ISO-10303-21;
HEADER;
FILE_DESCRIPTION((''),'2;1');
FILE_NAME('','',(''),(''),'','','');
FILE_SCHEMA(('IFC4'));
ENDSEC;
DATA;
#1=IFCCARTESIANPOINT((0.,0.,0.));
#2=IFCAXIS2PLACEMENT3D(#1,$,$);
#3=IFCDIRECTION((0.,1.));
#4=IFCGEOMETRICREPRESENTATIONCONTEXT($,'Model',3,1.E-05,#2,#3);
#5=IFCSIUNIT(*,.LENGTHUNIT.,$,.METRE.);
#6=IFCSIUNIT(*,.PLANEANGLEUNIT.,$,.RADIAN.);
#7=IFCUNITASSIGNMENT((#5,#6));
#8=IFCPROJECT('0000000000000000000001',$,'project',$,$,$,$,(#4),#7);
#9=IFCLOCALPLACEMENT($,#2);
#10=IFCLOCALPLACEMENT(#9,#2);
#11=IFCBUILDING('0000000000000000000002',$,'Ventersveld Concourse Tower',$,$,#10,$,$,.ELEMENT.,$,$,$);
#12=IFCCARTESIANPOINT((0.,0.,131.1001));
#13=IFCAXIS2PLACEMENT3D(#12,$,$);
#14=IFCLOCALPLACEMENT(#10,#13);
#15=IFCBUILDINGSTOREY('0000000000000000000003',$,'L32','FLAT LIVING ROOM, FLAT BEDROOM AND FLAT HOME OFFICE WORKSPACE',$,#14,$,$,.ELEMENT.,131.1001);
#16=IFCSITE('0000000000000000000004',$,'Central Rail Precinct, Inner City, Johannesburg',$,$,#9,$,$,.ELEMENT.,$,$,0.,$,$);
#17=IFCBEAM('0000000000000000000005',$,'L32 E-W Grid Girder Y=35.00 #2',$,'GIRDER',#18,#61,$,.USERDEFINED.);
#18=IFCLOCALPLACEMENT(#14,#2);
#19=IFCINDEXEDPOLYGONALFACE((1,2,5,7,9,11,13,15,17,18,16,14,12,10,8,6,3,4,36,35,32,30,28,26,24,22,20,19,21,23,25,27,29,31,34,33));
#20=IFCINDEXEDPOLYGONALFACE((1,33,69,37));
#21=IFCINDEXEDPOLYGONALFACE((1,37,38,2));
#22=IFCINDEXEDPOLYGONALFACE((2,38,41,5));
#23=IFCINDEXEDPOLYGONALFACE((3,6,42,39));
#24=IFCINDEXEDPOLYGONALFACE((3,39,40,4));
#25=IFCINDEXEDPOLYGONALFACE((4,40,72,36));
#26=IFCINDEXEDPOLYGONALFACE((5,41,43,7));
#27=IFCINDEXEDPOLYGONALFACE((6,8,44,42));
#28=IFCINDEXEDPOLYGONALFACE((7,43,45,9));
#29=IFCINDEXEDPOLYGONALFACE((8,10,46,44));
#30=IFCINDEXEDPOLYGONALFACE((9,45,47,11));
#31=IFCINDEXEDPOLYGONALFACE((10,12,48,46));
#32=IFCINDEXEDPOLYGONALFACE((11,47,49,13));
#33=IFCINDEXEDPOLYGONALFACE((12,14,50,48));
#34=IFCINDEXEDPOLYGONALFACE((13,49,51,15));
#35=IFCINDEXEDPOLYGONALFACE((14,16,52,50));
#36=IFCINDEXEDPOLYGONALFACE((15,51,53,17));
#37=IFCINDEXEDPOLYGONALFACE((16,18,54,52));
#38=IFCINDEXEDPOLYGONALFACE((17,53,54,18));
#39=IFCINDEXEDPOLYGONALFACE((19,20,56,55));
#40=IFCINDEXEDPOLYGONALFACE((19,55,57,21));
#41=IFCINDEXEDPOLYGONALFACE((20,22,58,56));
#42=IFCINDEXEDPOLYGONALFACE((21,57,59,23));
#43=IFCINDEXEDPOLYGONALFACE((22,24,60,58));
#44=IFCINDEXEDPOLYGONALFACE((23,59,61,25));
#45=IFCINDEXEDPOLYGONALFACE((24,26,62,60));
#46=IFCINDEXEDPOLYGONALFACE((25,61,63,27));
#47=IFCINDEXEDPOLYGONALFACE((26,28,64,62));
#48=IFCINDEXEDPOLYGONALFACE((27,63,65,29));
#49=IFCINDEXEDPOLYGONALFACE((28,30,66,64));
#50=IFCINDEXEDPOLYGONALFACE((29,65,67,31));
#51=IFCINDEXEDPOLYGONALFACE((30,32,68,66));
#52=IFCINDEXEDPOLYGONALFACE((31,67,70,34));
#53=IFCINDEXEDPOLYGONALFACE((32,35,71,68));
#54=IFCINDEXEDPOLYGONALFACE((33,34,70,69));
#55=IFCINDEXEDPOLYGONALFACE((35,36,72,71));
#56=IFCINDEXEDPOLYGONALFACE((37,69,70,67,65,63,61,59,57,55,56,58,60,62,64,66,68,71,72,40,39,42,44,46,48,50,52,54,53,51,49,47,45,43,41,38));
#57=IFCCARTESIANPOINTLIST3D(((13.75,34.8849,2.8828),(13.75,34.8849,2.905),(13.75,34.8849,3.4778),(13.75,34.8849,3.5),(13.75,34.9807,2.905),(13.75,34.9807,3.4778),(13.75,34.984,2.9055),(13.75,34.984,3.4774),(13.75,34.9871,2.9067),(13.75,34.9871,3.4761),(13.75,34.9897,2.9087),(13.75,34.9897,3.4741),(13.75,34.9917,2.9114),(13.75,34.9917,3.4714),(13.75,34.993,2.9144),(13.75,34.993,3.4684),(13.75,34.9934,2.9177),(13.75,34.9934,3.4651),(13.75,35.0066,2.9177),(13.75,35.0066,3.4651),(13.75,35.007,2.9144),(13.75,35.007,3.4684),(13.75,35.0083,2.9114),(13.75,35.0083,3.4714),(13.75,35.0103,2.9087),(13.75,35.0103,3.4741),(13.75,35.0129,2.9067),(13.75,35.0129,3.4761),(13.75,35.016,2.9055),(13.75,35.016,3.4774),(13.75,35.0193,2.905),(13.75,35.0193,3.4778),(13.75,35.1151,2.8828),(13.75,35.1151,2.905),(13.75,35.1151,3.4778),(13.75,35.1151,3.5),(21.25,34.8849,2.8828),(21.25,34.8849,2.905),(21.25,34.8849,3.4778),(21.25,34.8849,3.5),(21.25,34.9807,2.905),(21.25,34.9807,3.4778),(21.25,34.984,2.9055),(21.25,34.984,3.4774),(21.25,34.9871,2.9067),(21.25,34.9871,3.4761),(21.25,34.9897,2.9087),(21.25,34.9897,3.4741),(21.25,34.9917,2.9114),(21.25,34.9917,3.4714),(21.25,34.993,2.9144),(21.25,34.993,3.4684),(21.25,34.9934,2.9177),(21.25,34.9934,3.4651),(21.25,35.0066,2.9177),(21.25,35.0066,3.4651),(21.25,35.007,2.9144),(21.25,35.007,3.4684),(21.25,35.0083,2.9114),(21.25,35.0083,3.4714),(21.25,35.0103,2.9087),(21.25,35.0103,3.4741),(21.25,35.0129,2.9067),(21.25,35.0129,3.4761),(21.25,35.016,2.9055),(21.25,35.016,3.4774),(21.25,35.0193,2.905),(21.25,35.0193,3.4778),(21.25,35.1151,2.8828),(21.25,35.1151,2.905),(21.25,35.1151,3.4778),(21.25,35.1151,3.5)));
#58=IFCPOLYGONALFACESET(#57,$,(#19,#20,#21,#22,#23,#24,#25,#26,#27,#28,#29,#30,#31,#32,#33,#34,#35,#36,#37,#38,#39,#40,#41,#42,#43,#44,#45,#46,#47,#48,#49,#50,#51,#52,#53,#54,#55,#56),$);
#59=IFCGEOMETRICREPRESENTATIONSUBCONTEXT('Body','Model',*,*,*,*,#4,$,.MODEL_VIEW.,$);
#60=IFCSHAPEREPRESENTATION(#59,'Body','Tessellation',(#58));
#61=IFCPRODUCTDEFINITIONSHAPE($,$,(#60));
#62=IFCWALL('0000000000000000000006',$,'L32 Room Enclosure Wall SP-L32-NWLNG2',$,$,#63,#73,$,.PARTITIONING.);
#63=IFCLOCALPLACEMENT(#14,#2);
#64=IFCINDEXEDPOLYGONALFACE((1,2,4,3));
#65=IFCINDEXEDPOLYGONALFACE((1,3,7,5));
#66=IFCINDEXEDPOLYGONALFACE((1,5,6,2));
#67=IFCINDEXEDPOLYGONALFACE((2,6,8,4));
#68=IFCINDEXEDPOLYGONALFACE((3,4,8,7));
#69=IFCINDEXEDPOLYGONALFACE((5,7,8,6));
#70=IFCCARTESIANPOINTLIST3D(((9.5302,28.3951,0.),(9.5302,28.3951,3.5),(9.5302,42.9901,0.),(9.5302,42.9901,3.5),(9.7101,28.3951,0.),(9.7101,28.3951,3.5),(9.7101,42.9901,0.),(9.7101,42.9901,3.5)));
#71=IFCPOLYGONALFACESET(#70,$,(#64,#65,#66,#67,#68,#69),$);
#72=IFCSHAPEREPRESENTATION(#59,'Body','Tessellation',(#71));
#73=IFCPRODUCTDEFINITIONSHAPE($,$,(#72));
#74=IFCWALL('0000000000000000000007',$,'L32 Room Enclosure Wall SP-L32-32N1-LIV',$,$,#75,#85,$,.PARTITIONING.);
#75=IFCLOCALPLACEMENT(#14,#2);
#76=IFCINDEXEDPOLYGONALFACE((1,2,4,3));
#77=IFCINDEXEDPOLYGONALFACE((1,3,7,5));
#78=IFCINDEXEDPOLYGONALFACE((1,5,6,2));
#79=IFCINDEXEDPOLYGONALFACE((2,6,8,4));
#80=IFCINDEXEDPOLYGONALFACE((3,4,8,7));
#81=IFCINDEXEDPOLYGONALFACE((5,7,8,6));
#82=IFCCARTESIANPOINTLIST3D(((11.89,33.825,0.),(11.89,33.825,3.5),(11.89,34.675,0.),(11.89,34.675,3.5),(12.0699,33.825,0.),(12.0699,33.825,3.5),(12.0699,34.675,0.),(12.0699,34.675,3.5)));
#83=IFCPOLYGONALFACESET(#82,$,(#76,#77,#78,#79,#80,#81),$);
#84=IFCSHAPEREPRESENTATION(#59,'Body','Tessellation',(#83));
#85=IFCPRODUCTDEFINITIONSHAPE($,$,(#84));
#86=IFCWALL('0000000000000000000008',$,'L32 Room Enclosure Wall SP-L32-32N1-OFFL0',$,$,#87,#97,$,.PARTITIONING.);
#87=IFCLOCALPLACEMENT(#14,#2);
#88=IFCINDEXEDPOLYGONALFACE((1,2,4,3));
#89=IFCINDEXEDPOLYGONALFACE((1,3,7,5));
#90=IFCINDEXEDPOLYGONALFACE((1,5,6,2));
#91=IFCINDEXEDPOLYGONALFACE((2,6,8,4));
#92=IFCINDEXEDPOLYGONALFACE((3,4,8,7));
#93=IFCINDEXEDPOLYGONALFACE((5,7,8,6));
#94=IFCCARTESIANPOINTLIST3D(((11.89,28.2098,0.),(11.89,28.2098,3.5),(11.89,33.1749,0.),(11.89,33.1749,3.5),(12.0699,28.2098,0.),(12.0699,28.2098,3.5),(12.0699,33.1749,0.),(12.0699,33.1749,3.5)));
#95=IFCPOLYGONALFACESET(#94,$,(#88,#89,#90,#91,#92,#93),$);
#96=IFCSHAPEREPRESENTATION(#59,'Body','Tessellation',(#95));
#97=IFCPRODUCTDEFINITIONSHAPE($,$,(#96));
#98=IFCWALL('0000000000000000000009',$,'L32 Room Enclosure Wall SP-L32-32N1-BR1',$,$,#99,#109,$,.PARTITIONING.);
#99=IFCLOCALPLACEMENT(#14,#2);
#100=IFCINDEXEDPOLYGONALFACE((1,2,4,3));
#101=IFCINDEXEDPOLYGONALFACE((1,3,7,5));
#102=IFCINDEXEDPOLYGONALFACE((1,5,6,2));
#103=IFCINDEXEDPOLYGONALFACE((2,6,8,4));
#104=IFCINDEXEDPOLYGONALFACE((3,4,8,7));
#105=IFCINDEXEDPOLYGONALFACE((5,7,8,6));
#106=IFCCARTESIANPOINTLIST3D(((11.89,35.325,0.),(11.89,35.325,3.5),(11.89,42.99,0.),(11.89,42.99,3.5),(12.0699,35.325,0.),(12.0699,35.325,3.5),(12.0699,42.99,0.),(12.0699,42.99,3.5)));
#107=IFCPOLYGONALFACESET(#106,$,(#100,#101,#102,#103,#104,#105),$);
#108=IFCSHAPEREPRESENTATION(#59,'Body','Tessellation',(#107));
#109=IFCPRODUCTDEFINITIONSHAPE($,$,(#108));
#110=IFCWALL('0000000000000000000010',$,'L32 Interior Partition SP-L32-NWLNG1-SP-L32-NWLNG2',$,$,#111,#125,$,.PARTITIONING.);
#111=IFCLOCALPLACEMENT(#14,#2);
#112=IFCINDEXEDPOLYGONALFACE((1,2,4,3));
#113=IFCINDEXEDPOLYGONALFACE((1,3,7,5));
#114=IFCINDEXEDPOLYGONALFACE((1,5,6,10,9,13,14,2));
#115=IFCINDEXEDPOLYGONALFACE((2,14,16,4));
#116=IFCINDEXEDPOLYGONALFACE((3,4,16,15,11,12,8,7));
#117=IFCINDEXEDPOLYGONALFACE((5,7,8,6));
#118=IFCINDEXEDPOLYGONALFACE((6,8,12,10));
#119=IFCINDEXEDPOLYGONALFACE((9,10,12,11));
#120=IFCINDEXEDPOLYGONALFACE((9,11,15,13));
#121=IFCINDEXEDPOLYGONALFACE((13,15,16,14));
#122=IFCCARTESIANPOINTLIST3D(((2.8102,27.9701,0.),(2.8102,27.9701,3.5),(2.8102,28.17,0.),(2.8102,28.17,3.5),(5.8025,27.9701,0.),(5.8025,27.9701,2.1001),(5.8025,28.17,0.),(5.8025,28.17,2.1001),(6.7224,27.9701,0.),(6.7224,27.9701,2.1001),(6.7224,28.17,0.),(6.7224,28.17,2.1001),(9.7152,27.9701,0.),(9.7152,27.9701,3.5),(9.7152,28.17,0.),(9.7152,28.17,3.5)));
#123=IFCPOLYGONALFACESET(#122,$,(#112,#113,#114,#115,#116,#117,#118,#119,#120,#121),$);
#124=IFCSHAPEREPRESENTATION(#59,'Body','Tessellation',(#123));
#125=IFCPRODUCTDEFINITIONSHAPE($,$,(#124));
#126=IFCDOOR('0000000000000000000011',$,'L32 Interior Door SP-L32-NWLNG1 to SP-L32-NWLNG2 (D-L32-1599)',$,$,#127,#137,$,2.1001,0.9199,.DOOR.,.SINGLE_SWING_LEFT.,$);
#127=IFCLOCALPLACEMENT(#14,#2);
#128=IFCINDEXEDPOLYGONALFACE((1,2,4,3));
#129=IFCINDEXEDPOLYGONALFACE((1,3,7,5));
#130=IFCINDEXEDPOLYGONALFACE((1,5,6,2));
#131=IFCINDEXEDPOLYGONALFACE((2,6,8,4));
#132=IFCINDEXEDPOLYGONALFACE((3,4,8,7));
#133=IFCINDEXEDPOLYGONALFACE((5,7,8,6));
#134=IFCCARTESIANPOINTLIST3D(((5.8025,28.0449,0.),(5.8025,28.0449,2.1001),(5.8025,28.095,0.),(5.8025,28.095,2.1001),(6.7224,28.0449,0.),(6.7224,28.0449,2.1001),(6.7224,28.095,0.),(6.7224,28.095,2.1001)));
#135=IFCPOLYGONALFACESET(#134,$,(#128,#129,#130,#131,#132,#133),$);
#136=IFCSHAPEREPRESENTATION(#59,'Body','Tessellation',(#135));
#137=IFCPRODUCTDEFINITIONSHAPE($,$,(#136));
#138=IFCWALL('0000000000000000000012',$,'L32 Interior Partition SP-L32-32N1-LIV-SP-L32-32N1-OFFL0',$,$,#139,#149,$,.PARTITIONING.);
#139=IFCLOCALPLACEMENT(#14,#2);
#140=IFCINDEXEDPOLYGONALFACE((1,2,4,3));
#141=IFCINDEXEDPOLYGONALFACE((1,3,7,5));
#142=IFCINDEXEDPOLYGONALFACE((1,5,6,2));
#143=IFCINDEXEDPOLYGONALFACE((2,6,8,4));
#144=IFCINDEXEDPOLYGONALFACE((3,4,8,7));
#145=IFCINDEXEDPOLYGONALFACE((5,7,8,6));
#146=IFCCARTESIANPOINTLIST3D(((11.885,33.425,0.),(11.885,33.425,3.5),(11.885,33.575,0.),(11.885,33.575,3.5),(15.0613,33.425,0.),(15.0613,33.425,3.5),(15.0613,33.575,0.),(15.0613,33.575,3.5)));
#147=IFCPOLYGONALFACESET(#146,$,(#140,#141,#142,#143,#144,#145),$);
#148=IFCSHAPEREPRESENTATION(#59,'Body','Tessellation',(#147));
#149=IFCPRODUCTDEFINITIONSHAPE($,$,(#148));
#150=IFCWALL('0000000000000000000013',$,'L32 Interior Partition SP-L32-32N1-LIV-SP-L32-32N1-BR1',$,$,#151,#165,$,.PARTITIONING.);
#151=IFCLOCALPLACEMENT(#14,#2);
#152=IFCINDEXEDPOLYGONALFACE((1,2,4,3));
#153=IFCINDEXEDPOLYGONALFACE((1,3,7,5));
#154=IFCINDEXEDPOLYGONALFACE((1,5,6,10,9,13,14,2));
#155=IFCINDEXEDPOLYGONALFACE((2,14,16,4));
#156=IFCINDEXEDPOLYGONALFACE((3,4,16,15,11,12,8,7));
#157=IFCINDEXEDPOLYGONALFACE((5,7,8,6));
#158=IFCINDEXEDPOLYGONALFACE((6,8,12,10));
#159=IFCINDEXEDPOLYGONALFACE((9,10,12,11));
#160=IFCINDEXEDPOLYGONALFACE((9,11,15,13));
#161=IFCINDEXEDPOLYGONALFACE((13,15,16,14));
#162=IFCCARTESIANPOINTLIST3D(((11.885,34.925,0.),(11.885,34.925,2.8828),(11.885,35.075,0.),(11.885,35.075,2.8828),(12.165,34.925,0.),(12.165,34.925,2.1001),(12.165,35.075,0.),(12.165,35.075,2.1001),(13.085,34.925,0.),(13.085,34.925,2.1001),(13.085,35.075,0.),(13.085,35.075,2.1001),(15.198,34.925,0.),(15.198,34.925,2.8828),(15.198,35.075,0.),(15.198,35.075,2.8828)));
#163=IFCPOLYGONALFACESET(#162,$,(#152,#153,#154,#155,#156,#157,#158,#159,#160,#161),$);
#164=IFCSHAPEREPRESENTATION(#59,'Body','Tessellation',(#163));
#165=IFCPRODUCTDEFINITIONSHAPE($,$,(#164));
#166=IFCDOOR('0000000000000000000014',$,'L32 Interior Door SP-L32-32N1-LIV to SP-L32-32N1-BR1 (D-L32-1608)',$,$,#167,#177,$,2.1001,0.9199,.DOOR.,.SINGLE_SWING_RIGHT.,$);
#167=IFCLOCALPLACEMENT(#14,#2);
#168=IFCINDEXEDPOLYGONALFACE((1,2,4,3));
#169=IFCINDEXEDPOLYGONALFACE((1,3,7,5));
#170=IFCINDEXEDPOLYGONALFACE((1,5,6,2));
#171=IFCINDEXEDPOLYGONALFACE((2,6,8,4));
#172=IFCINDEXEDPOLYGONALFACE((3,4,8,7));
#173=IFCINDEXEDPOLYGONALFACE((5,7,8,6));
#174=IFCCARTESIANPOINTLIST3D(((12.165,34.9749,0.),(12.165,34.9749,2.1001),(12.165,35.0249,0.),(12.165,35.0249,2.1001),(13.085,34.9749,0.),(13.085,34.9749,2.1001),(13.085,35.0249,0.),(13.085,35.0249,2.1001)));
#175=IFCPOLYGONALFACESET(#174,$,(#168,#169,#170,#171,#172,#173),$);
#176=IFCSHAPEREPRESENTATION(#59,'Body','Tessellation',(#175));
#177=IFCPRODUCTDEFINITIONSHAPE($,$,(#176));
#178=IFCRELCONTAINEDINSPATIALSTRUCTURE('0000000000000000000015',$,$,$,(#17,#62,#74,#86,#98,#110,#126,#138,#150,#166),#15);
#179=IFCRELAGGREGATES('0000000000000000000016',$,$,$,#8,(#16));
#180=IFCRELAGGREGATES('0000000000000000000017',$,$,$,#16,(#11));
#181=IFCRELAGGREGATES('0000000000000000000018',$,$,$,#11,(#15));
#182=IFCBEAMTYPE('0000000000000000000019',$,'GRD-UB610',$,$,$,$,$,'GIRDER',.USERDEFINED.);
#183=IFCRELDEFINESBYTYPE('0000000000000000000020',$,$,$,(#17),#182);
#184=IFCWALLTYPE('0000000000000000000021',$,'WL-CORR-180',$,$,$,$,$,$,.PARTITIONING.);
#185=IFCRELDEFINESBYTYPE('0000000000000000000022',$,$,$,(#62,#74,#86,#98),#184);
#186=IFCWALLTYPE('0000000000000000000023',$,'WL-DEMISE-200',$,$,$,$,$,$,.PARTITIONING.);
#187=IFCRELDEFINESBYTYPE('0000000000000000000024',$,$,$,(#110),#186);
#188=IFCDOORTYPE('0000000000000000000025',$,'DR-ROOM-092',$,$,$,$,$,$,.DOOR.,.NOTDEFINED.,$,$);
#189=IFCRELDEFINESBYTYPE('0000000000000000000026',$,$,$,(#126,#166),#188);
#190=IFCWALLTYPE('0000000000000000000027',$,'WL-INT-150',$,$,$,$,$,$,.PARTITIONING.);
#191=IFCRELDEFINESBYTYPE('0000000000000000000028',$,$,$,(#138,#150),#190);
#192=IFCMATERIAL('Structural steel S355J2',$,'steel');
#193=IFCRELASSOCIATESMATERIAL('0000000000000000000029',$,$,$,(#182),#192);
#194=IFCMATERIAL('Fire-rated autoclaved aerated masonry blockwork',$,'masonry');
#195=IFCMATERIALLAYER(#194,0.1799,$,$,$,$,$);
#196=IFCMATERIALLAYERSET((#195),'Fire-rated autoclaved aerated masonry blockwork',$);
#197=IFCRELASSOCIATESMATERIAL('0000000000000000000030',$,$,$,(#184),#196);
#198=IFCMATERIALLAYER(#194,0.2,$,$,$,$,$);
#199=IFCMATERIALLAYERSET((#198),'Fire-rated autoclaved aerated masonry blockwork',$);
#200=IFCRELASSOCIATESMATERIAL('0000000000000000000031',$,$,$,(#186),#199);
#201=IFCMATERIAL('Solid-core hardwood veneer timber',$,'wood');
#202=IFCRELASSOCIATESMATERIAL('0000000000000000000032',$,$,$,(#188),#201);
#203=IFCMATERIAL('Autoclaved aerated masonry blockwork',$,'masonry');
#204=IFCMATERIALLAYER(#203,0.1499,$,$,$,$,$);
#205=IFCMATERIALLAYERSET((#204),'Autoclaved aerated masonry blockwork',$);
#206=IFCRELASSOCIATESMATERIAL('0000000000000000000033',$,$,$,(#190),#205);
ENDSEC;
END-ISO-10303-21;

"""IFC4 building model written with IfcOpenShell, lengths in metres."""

from ifc_helpers import new_model, si_unit, direction, frame, frame_2d, origin, origin_2d, place, context, subcontext, project, spatial, rectangle, i_section, extrude, material, layer, layer_set, material_profile, profile_set, type_object, element, fill, save


model = new_model("IFC4")

# Units and contexts
model_context = context("Model", 3, precision=1e-05, world=origin(), true_north=direction((0.0, 1.0)))
body_context = subcontext(model_context, "Body", "Model", "MODEL_VIEW")
ifc_project = project(units=[si_unit("LENGTHUNIT", "METRE"), si_unit("PLANEANGLEUNIT", "RADIAN")], contexts=[model_context])

# Site, building, storey
site_placement = place(None, origin())
site = spatial("IfcSite", under=ifc_project, at=site_placement, Name="Central Rail Precinct, Inner City, Johannesburg", CompositionType="ELEMENT", RefElevation=0.0)
building_placement = place(site_placement, origin())
building = spatial("IfcBuilding", under=site, at=building_placement, Name="Ventersveld Concourse Tower", CompositionType="ELEMENT")
storey_placement = place(building_placement, frame((0.0, 0.0, 131.1001)))
storey = spatial("IfcBuildingStorey", under=building, at=storey_placement, Name="L32", Description="FLAT LIVING ROOM, FLAT BEDROOM AND FLAT HOME OFFICE WORKSPACE", CompositionType="ELEMENT", Elevation=131.1001)

# Beam
ifc_material_1 = material(Name="Structural steel S355J2", Category="steel")
ifc_material_profile_1 = material_profile(ifc_material_1, i_section(OverallWidth=0.2302, OverallDepth=0.6172, WebThickness=0.0132, FlangeThickness=0.0222, FilletRadius=0.0127, at=origin_2d()), Name="UB 610x229x140")
ifc_profile_set_1 = profile_set([ifc_material_profile_1], Name="Structural steel S355J2")
beam_type_1 = type_object("IfcBeamType", Name="GRD-UB610", ElementType="GIRDER", PredefinedType="USERDEFINED", material=ifc_profile_set_1)
beam_1_placement = place(storey_placement, frame((13.75, 35.0, 3.1914), z_axis=(1.0, 0.0, 0.0), x_axis=(0.0, 1.0, 0.0)))
element("IfcBeam", 1, at=beam_1_placement, inside=storey, type_object=beam_type_1, Name="L32 E-W Grid Girder Y=35.00 #2", ObjectType="GIRDER", PredefinedType="USERDEFINED", context=body_context, shape_type="SweptSolid", body=[
    extrude(i_section(OverallWidth=0.2302, OverallDepth=0.6172, WebThickness=0.0132, FlangeThickness=0.0222, FilletRadius=0.0127, at=origin_2d()), origin(), (0.0, 0.0, 1.0), 7.5),
])

# Walls
ifc_material_2 = material(Name="Fire-rated autoclaved aerated masonry blockwork", Category="masonry")
ifc_layer_1 = layer(ifc_material_2, 0.1799)
ifc_layer_set_1 = layer_set([ifc_layer_1], Name="Fire-rated autoclaved aerated masonry blockwork")
wall_type_1 = type_object("IfcWallType", Name="WL-CORR-180", PredefinedType="PARTITIONING", material=ifc_layer_set_1)
wall_1_placement = place(storey_placement, frame((9.6201, 42.99, 0.0), z_axis=(0.0, 0.0, 1.0), x_axis=(0.0, -1.0, 0.0)))
element("IfcWall", 2, at=wall_1_placement, inside=storey, type_object=wall_type_1, Name="L32 Room Enclosure Wall SP-L32-NWLNG2", PredefinedType="PARTITIONING", context=body_context, shape_type="SweptSolid", body=[
    extrude(rectangle(XDim=14.595, YDim=0.1799, at=frame_2d((7.2974, 0.0))), origin(), (0.0, 0.0, 1.0), 3.5),
])
wall_2_placement = place(storey_placement, frame((11.98, 33.825, 0.0), z_axis=(0.0, 0.0, 1.0), x_axis=(0.0, 1.0, 0.0)))
element("IfcWall", 3, at=wall_2_placement, inside=storey, type_object=wall_type_1, Name="L32 Room Enclosure Wall SP-L32-32N1-LIV", PredefinedType="PARTITIONING", context=body_context, shape_type="SweptSolid", body=[
    extrude(rectangle(XDim=0.8501, YDim=0.1799, at=frame_2d((0.425, 0.0))), origin(), (0.0, 0.0, 1.0), 3.5),
])
wall_3_placement = place(storey_placement, frame((11.98, 28.21, 0.0), z_axis=(0.0, 0.0, 1.0), x_axis=(0.0, 1.0, 0.0)))
element("IfcWall", 4, at=wall_3_placement, inside=storey, type_object=wall_type_1, Name="L32 Room Enclosure Wall SP-L32-32N1-OFFL0", PredefinedType="PARTITIONING", context=body_context, shape_type="SweptSolid", body=[
    extrude(rectangle(XDim=4.9651, YDim=0.1799, at=frame_2d((2.4824, 0.0))), origin(), (0.0, 0.0, 1.0), 3.5),
])
wall_4_placement = place(storey_placement, frame((11.98, 35.325, 0.0), z_axis=(0.0, 0.0, 1.0), x_axis=(0.0, 1.0, 0.0)))
element("IfcWall", 5, at=wall_4_placement, inside=storey, type_object=wall_type_1, Name="L32 Room Enclosure Wall SP-L32-32N1-BR1", PredefinedType="PARTITIONING", context=body_context, shape_type="SweptSolid", body=[
    extrude(rectangle(XDim=7.665, YDim=0.1799, at=frame_2d((3.8325, 0.0))), origin(), (0.0, 0.0, 1.0), 3.5),
])

# Wall, opening, door
ifc_layer_2 = layer(ifc_material_2, 0.2)
ifc_layer_set_2 = layer_set([ifc_layer_2], Name="Fire-rated autoclaved aerated masonry blockwork")
wall_type_2 = type_object("IfcWallType", Name="WL-DEMISE-200", PredefinedType="PARTITIONING", material=ifc_layer_set_2)
wall_5_placement = place(storey_placement, frame((2.8101, 28.0701, 0.0), z_axis=(0.0, 0.0, 1.0), x_axis=(1.0, 0.0, 0.0)))
wall_5 = element("IfcWall", 6, at=wall_5_placement, inside=storey, type_object=wall_type_2, Name="L32 Interior Partition SP-L32-NWLNG1-SP-L32-NWLNG2", PredefinedType="PARTITIONING", context=body_context, shape_type="SweptSolid", body=[
    extrude(rectangle(XDim=6.905, YDim=0.2, at=frame_2d((3.4526, 0.0))), origin(), (0.0, 0.0, 1.0), 3.5),
])
opening_1_placement = place(wall_5_placement, frame((2.9924, 0.0, 0.0)))
opening_1 = element("IfcOpeningElement", 7, at=opening_1_placement, cuts=wall_5, PredefinedType="OPENING", context=body_context, shape_type="SweptSolid", body=[
    extrude(rectangle(XDim=0.9199, YDim=2.1001, at=frame_2d((0.46, 1.05))), frame((0.0, 0.1099, 0.0), z_axis=(0.0, -1.0, 0.0), x_axis=(1.0, 0.0, 0.0)), (0.0, 0.0, 1.0), 0.22),
])
ifc_material_3 = material(Name="Solid-core hardwood veneer timber", Category="wood")
door_type = type_object("IfcDoorType", Name="DR-ROOM-092", OperationType="NOTDEFINED", PredefinedType="DOOR", material=ifc_material_3)
door_1_placement = place(opening_1_placement, origin())
door_1 = element("IfcDoor", 8, at=door_1_placement, inside=storey, type_object=door_type, Name="L32 Interior Door SP-L32-NWLNG1 to SP-L32-NWLNG2 (D-L32-1599)", OperationType="SINGLE_SWING_LEFT", OverallHeight=2.1001, OverallWidth=0.9199, PredefinedType="DOOR", context=body_context, shape_type="SweptSolid", body=[
    extrude(rectangle(XDim=0.9199, YDim=2.1001, at=frame_2d((0.46, 1.05))), frame((0.0, 0.0249, 0.0), z_axis=(0.0, -1.0, 0.0), x_axis=(1.0, 0.0, 0.0)), (0.0, 0.0, 1.0), 0.05),
])
fill(opening_1, door_1)

# Wall
ifc_material_4 = material(Name="Autoclaved aerated masonry blockwork", Category="masonry")
ifc_layer_3 = layer(ifc_material_4, 0.1499)
ifc_layer_set_3 = layer_set([ifc_layer_3], Name="Autoclaved aerated masonry blockwork")
wall_type_3 = type_object("IfcWallType", Name="WL-INT-150", PredefinedType="PARTITIONING", material=ifc_layer_set_3)
wall_6_placement = place(storey_placement, frame((11.885, 33.5, 0.0), z_axis=(0.0, 0.0, 1.0), x_axis=(1.0, 0.0, 0.0)))
element("IfcWall", 9, at=wall_6_placement, inside=storey, type_object=wall_type_3, Name="L32 Interior Partition SP-L32-32N1-LIV-SP-L32-32N1-OFFL0", PredefinedType="PARTITIONING", context=body_context, shape_type="SweptSolid", body=[
    extrude(rectangle(XDim=3.1763, YDim=0.1499, at=frame_2d((1.5881, 0.0))), origin(), (0.0, 0.0, 1.0), 3.5),
])

# Wall, opening, door
wall_7_placement = place(storey_placement, frame((11.885, 35.0, 0.0), z_axis=(0.0, 0.0, 1.0), x_axis=(1.0, 0.0, 0.0)))
wall_7 = element("IfcWall", 10, at=wall_7_placement, inside=storey, type_object=wall_type_3, Name="L32 Interior Partition SP-L32-32N1-LIV-SP-L32-32N1-BR1", PredefinedType="PARTITIONING", context=body_context, shape_type="SweptSolid", body=[
    extrude(rectangle(XDim=3.313, YDim=0.1499, at=frame_2d((1.6565, 0.0))), origin(), (0.0, 0.0, 1.0), 2.8828),
])
opening_2_placement = place(wall_7_placement, frame((0.28, 0.0, 0.0)))
opening_2 = element("IfcOpeningElement", 11, at=opening_2_placement, cuts=wall_7, PredefinedType="OPENING", context=body_context, shape_type="SweptSolid", body=[
    extrude(rectangle(XDim=0.9199, YDim=2.1001, at=frame_2d((0.46, 1.05))), frame((0.0, 0.085, 0.0), z_axis=(0.0, -1.0, 0.0), x_axis=(1.0, 0.0, 0.0)), (0.0, 0.0, 1.0), 0.1699),
])
door_2_placement = place(opening_2_placement, origin())
door_2 = element("IfcDoor", 12, at=door_2_placement, inside=storey, type_object=door_type, Name="L32 Interior Door SP-L32-32N1-LIV to SP-L32-32N1-BR1 (D-L32-1608)", OperationType="SINGLE_SWING_RIGHT", OverallHeight=2.1001, OverallWidth=0.9199, PredefinedType="DOOR", context=body_context, shape_type="SweptSolid", body=[
    extrude(rectangle(XDim=0.9199, YDim=2.1001, at=frame_2d((0.46, 1.05))), frame((0.0, 0.0249, 0.0), z_axis=(0.0, -1.0, 0.0), x_axis=(1.0, 0.0, 0.0)), (0.0, 0.0, 1.0), 0.05),
])
fill(opening_2, door_2)

save(model, "model.ifc")
